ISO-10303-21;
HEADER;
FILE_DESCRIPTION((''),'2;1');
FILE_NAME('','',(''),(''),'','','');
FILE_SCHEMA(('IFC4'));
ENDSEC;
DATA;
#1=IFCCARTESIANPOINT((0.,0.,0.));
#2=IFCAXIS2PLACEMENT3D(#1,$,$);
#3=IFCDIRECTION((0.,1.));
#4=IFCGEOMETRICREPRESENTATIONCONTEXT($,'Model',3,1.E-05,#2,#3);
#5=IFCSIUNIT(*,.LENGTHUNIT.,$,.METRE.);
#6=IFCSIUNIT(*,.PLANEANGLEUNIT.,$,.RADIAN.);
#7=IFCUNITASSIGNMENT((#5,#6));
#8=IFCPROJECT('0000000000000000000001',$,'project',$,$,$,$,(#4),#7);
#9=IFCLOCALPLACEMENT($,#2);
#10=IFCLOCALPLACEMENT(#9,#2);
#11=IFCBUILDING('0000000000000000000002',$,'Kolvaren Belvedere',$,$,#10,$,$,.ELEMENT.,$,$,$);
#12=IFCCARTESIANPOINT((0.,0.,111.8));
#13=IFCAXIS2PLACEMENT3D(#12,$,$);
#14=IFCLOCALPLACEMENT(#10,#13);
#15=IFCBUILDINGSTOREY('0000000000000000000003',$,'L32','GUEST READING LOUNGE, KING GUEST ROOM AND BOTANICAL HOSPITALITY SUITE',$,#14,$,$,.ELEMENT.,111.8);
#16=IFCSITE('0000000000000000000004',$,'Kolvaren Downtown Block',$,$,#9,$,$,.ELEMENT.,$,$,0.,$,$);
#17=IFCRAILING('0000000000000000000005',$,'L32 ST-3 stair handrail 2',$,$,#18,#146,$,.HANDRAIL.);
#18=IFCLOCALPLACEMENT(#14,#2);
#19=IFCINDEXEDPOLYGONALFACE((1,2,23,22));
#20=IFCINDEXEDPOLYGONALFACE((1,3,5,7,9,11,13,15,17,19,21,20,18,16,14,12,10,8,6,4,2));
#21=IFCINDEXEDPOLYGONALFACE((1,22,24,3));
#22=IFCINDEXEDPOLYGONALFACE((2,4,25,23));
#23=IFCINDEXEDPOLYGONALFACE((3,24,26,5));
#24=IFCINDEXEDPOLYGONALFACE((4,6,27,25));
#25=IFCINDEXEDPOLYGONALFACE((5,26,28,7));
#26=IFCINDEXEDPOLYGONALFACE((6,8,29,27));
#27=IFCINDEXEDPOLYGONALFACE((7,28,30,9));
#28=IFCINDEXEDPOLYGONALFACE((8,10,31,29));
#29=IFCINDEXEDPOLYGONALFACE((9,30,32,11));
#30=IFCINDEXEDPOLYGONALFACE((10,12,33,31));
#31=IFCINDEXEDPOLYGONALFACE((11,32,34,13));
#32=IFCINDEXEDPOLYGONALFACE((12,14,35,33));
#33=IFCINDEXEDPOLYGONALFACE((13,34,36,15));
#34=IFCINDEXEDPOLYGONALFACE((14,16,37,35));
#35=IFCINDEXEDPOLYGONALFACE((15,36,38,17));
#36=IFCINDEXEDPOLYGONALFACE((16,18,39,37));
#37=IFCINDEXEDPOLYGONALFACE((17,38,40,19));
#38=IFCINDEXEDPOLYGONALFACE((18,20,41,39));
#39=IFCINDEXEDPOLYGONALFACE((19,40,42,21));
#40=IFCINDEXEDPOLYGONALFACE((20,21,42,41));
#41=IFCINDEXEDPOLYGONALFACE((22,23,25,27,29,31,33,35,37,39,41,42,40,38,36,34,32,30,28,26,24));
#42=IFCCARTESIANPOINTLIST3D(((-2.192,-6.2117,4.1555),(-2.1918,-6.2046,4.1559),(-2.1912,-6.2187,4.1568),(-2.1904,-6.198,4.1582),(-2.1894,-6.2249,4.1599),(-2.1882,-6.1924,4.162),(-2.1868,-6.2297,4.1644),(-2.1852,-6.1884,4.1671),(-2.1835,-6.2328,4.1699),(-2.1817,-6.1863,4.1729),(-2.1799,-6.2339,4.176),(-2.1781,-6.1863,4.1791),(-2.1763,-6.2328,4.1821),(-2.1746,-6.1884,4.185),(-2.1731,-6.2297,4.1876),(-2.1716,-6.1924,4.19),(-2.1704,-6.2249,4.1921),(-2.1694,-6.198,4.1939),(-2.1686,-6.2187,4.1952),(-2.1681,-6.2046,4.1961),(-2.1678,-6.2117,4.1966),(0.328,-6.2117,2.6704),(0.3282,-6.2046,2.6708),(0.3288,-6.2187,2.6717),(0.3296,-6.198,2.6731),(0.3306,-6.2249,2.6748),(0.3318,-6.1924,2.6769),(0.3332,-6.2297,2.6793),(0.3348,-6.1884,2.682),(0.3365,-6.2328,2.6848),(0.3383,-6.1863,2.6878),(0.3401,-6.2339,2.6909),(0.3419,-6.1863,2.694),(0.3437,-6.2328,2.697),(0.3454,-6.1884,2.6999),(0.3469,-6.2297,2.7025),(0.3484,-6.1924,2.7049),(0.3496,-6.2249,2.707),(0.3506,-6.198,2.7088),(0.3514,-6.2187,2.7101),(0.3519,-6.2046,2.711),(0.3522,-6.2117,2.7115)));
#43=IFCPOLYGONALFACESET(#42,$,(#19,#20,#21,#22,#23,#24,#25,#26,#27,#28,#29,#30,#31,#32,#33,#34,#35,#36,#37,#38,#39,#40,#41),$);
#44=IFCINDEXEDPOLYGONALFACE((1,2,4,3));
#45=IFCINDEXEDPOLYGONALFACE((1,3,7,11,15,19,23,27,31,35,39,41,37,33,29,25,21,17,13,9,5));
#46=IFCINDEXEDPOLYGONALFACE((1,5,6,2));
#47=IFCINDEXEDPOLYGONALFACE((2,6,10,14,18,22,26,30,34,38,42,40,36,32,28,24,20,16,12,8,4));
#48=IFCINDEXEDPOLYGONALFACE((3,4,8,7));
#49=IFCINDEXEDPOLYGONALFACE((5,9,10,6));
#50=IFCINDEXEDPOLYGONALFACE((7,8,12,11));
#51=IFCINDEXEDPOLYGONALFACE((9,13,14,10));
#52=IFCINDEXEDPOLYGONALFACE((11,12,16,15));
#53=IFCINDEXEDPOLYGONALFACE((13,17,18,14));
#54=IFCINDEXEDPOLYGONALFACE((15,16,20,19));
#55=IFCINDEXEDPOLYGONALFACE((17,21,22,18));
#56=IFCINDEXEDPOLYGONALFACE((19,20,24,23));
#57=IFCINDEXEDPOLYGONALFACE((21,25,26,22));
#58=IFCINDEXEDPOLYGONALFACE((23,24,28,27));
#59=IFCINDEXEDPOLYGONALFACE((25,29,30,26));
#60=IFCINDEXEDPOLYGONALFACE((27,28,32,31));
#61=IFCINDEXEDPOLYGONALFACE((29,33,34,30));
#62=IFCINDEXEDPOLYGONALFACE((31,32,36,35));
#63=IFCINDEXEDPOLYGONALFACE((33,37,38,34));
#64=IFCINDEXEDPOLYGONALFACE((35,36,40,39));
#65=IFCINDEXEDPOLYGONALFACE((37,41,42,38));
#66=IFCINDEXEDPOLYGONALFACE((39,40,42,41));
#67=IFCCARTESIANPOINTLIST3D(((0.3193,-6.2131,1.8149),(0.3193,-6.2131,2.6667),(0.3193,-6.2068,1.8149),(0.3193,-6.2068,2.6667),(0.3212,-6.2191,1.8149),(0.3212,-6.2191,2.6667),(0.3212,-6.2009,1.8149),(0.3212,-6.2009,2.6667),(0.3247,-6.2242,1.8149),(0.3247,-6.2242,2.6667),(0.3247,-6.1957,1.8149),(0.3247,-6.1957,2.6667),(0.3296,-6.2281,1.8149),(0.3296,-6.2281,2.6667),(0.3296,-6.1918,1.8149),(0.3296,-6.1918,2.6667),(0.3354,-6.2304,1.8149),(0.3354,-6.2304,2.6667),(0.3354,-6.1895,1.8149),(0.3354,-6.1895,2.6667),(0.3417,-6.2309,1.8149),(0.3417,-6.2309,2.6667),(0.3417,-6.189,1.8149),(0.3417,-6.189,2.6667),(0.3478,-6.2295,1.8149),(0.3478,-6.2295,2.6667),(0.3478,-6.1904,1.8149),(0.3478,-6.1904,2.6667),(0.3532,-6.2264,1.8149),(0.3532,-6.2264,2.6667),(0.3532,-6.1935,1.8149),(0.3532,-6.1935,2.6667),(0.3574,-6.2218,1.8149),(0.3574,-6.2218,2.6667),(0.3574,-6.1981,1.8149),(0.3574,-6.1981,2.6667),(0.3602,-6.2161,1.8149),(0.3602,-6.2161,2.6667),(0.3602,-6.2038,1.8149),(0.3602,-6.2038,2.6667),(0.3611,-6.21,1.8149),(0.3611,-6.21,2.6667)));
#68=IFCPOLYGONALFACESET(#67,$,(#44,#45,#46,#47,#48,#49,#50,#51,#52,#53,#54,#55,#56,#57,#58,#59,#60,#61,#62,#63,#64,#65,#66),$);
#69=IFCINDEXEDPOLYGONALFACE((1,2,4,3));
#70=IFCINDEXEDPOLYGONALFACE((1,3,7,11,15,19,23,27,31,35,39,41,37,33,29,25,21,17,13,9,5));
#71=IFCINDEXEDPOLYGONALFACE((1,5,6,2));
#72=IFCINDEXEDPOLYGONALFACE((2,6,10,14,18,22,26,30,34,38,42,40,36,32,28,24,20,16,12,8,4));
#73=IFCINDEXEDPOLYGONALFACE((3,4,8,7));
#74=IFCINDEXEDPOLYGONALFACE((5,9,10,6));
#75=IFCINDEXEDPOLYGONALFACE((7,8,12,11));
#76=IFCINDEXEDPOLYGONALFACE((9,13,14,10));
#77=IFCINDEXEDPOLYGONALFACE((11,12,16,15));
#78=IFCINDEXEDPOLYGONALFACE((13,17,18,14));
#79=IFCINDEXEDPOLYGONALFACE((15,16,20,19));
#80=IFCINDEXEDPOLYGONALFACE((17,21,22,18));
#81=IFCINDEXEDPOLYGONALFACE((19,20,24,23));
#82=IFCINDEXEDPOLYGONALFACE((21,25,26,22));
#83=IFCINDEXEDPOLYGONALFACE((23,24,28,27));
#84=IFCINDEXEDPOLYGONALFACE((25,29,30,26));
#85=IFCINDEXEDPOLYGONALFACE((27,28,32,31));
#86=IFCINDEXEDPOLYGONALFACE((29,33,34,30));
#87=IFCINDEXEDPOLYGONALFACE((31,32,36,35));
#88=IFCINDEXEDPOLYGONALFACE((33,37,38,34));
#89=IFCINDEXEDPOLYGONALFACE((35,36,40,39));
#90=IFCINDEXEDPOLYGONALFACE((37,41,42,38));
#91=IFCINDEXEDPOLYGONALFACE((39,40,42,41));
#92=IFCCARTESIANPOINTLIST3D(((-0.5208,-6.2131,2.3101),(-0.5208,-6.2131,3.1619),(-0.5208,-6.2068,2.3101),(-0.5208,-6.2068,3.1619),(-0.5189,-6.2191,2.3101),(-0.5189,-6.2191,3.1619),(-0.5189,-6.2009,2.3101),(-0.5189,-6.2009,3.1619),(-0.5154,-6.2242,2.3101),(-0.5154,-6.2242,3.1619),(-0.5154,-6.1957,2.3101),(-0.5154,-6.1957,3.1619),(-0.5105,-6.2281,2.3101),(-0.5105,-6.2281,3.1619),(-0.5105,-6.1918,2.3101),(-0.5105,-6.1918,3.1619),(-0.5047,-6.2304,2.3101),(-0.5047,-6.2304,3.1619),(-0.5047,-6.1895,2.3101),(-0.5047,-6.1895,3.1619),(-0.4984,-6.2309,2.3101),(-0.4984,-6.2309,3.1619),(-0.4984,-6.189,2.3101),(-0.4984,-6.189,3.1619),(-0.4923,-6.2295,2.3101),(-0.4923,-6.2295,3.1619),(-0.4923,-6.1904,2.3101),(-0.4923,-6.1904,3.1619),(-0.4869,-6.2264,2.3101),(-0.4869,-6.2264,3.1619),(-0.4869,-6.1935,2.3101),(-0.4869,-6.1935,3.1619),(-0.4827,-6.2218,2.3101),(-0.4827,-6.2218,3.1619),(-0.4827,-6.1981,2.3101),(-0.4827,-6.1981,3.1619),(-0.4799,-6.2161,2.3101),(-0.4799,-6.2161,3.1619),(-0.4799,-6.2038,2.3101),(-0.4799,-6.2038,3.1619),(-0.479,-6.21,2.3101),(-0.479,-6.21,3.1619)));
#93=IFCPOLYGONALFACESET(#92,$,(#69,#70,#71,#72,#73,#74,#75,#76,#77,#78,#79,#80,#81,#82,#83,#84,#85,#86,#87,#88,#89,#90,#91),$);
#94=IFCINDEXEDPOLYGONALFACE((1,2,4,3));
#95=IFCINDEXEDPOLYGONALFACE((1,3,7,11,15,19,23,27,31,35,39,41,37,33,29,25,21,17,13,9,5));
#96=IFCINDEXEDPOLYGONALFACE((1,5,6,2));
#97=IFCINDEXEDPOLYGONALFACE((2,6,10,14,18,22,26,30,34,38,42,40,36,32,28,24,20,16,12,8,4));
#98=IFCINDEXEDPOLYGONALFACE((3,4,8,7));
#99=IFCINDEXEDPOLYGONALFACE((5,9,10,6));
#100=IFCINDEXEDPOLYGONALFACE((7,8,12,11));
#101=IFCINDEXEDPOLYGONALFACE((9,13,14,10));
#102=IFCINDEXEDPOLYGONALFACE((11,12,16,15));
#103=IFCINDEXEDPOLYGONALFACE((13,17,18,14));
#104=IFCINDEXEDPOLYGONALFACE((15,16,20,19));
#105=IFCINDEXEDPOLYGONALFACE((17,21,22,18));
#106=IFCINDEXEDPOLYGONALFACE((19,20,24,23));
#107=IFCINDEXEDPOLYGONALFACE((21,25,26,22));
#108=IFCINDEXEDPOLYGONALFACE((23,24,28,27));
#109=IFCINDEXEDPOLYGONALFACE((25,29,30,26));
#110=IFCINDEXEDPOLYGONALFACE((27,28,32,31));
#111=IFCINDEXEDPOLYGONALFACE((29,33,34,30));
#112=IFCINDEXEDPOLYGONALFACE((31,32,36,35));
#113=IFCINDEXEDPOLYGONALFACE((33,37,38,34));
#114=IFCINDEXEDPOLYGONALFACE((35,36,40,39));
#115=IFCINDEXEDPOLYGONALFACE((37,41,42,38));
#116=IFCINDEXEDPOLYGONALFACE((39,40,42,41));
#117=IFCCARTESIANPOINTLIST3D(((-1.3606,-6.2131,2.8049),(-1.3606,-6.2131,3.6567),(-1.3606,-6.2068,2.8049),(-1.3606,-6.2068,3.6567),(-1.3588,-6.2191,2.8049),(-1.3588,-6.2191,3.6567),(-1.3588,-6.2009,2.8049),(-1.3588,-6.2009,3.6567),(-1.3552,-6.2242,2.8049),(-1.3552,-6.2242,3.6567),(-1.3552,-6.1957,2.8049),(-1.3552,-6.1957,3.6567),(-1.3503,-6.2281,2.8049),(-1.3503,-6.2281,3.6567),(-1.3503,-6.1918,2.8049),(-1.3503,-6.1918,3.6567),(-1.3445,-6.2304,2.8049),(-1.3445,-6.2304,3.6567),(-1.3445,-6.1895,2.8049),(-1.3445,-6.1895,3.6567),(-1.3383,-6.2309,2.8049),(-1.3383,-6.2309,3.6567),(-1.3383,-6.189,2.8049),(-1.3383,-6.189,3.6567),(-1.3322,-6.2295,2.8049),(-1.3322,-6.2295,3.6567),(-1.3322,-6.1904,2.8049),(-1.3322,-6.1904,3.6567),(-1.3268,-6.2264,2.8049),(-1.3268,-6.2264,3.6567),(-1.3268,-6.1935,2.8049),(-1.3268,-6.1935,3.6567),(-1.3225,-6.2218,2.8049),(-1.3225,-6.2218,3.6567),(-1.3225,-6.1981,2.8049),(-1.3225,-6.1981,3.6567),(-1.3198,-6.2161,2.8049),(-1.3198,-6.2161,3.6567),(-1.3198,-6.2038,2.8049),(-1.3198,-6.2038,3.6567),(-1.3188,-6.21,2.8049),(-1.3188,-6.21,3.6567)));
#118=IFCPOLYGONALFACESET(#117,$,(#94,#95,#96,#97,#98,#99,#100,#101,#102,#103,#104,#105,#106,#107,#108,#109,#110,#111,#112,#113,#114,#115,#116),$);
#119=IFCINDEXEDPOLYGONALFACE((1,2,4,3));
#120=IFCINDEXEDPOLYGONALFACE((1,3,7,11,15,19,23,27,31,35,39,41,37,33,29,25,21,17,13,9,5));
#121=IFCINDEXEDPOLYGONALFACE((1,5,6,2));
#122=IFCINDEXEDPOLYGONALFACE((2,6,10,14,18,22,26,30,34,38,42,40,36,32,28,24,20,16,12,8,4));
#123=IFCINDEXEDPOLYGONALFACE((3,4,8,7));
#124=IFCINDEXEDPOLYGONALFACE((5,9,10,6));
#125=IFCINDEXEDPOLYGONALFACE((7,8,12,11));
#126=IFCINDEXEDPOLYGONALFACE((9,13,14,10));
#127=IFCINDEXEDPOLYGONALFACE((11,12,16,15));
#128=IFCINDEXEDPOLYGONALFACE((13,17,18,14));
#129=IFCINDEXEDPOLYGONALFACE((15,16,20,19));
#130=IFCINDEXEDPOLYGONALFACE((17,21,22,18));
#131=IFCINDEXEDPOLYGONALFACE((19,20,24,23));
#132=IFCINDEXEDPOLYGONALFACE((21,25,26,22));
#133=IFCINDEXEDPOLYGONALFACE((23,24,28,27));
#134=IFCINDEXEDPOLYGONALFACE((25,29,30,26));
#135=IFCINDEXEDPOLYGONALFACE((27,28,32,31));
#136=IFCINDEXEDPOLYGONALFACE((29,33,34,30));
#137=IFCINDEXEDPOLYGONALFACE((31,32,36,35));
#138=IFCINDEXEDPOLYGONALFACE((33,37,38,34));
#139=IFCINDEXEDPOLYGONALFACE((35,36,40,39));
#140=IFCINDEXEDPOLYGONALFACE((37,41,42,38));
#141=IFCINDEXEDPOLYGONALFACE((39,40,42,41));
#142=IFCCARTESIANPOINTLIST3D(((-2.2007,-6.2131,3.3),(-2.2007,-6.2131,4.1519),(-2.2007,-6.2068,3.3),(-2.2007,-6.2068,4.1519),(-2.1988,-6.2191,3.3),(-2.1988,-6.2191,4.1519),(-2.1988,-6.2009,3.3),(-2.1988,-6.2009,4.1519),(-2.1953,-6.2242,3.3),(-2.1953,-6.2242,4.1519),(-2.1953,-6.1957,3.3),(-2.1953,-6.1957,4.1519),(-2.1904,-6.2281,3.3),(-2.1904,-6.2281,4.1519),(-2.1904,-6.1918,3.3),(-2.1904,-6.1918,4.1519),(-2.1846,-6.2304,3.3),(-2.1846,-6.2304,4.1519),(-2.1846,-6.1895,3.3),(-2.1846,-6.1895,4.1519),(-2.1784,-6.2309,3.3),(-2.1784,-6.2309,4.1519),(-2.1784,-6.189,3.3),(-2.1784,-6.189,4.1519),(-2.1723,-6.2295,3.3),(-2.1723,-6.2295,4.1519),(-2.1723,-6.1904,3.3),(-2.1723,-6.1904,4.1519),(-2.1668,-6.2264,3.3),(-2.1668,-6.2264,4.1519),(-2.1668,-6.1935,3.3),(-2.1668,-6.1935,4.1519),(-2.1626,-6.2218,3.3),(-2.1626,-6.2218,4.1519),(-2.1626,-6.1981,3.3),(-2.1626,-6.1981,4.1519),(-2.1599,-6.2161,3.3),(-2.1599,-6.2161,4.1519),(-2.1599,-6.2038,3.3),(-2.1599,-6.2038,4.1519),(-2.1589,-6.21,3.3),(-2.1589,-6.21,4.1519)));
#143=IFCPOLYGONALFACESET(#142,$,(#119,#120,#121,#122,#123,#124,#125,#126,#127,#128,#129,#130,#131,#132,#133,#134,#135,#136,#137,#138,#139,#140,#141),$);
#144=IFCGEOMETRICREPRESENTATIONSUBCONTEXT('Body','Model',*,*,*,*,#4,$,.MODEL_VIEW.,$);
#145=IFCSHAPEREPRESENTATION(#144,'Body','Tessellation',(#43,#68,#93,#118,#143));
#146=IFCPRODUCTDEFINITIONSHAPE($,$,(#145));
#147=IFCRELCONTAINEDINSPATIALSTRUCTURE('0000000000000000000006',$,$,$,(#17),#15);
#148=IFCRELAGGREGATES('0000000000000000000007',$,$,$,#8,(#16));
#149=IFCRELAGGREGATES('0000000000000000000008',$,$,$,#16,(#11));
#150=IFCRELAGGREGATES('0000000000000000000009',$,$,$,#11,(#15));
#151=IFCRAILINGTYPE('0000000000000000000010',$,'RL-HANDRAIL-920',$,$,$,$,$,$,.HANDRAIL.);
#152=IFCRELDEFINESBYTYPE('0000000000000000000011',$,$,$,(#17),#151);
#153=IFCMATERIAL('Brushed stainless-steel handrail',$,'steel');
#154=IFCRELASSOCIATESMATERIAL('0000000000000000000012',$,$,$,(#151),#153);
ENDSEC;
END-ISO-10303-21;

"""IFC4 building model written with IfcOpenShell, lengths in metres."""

from ifc_helpers import new_model, si_unit, direction, frame, origin, origin_2d, place, context, subcontext, project, spatial, circle, extrude, material, type_object, element, save


model = new_model("IFC4")

# Units and contexts
model_context = context("Model", 3, precision=1e-05, world=origin(), true_north=direction((0.0, 1.0)))
body_context = subcontext(model_context, "Body", "Model", "MODEL_VIEW")
ifc_project = project(units=[si_unit("LENGTHUNIT", "METRE"), si_unit("PLANEANGLEUNIT", "RADIAN")], contexts=[model_context])

# Site, building, storey
site_placement = place(None, origin())
site = spatial("IfcSite", under=ifc_project, at=site_placement, Name="Kolvaren Downtown Block", CompositionType="ELEMENT", RefElevation=0.0)
building_placement = place(site_placement, origin())
building = spatial("IfcBuilding", under=site, at=building_placement, Name="Kolvaren Belvedere", CompositionType="ELEMENT")
storey_placement = place(building_placement, frame((0.0, 0.0, 111.8)))
storey = spatial("IfcBuildingStorey", under=building, at=storey_placement, Name="L32", Description="GUEST READING LOUNGE, KING GUEST ROOM AND BOTANICAL HOSPITALITY SUITE", CompositionType="ELEMENT", Elevation=111.8)

# Railing
ifc_material_1 = material(Name="Brushed stainless-steel handrail", Category="steel")
railing_type_1 = type_object("IfcRailingType", Name="RL-HANDRAIL-920", PredefinedType="HANDRAIL", material=ifc_material_1)
railing_1_placement = place(storey_placement, frame((0.3401, -6.21, 1.8149)))
element("IfcRailing", 1, at=railing_1_placement, inside=storey, type_object=railing_type_1, Name="L32 ST-3 stair handrail 2", PredefinedType="HANDRAIL", context=body_context, shape_type="SweptSolid", body=[
    extrude(circle(Radius=0.0239, at=origin_2d()), frame((0.0, 0.0, 0.876), z_axis=(-0.861524, 0.0, 0.507717), x_axis=(0.0, -1.0, 0.0)), (0.0, 0.0, 1.0), 2.925),
    extrude(circle(Radius=0.021, at=origin_2d()), origin(), (0.0, 0.0, 1.0), 0.8518),
    extrude(circle(Radius=0.021, at=origin_2d()), frame((-0.8401, 0.0, 0.4951)), (0.0, 0.0, 1.0), 0.8518),
    extrude(circle(Radius=0.021, at=origin_2d()), frame((-1.6799, 0.0, 0.99)), (0.0, 0.0, 1.0), 0.8518),
    extrude(circle(Radius=0.021, at=origin_2d()), frame((-2.52, 0.0, 1.4851)), (0.0, 0.0, 1.0), 0.8518),
])

save(model, "model.ifc")
